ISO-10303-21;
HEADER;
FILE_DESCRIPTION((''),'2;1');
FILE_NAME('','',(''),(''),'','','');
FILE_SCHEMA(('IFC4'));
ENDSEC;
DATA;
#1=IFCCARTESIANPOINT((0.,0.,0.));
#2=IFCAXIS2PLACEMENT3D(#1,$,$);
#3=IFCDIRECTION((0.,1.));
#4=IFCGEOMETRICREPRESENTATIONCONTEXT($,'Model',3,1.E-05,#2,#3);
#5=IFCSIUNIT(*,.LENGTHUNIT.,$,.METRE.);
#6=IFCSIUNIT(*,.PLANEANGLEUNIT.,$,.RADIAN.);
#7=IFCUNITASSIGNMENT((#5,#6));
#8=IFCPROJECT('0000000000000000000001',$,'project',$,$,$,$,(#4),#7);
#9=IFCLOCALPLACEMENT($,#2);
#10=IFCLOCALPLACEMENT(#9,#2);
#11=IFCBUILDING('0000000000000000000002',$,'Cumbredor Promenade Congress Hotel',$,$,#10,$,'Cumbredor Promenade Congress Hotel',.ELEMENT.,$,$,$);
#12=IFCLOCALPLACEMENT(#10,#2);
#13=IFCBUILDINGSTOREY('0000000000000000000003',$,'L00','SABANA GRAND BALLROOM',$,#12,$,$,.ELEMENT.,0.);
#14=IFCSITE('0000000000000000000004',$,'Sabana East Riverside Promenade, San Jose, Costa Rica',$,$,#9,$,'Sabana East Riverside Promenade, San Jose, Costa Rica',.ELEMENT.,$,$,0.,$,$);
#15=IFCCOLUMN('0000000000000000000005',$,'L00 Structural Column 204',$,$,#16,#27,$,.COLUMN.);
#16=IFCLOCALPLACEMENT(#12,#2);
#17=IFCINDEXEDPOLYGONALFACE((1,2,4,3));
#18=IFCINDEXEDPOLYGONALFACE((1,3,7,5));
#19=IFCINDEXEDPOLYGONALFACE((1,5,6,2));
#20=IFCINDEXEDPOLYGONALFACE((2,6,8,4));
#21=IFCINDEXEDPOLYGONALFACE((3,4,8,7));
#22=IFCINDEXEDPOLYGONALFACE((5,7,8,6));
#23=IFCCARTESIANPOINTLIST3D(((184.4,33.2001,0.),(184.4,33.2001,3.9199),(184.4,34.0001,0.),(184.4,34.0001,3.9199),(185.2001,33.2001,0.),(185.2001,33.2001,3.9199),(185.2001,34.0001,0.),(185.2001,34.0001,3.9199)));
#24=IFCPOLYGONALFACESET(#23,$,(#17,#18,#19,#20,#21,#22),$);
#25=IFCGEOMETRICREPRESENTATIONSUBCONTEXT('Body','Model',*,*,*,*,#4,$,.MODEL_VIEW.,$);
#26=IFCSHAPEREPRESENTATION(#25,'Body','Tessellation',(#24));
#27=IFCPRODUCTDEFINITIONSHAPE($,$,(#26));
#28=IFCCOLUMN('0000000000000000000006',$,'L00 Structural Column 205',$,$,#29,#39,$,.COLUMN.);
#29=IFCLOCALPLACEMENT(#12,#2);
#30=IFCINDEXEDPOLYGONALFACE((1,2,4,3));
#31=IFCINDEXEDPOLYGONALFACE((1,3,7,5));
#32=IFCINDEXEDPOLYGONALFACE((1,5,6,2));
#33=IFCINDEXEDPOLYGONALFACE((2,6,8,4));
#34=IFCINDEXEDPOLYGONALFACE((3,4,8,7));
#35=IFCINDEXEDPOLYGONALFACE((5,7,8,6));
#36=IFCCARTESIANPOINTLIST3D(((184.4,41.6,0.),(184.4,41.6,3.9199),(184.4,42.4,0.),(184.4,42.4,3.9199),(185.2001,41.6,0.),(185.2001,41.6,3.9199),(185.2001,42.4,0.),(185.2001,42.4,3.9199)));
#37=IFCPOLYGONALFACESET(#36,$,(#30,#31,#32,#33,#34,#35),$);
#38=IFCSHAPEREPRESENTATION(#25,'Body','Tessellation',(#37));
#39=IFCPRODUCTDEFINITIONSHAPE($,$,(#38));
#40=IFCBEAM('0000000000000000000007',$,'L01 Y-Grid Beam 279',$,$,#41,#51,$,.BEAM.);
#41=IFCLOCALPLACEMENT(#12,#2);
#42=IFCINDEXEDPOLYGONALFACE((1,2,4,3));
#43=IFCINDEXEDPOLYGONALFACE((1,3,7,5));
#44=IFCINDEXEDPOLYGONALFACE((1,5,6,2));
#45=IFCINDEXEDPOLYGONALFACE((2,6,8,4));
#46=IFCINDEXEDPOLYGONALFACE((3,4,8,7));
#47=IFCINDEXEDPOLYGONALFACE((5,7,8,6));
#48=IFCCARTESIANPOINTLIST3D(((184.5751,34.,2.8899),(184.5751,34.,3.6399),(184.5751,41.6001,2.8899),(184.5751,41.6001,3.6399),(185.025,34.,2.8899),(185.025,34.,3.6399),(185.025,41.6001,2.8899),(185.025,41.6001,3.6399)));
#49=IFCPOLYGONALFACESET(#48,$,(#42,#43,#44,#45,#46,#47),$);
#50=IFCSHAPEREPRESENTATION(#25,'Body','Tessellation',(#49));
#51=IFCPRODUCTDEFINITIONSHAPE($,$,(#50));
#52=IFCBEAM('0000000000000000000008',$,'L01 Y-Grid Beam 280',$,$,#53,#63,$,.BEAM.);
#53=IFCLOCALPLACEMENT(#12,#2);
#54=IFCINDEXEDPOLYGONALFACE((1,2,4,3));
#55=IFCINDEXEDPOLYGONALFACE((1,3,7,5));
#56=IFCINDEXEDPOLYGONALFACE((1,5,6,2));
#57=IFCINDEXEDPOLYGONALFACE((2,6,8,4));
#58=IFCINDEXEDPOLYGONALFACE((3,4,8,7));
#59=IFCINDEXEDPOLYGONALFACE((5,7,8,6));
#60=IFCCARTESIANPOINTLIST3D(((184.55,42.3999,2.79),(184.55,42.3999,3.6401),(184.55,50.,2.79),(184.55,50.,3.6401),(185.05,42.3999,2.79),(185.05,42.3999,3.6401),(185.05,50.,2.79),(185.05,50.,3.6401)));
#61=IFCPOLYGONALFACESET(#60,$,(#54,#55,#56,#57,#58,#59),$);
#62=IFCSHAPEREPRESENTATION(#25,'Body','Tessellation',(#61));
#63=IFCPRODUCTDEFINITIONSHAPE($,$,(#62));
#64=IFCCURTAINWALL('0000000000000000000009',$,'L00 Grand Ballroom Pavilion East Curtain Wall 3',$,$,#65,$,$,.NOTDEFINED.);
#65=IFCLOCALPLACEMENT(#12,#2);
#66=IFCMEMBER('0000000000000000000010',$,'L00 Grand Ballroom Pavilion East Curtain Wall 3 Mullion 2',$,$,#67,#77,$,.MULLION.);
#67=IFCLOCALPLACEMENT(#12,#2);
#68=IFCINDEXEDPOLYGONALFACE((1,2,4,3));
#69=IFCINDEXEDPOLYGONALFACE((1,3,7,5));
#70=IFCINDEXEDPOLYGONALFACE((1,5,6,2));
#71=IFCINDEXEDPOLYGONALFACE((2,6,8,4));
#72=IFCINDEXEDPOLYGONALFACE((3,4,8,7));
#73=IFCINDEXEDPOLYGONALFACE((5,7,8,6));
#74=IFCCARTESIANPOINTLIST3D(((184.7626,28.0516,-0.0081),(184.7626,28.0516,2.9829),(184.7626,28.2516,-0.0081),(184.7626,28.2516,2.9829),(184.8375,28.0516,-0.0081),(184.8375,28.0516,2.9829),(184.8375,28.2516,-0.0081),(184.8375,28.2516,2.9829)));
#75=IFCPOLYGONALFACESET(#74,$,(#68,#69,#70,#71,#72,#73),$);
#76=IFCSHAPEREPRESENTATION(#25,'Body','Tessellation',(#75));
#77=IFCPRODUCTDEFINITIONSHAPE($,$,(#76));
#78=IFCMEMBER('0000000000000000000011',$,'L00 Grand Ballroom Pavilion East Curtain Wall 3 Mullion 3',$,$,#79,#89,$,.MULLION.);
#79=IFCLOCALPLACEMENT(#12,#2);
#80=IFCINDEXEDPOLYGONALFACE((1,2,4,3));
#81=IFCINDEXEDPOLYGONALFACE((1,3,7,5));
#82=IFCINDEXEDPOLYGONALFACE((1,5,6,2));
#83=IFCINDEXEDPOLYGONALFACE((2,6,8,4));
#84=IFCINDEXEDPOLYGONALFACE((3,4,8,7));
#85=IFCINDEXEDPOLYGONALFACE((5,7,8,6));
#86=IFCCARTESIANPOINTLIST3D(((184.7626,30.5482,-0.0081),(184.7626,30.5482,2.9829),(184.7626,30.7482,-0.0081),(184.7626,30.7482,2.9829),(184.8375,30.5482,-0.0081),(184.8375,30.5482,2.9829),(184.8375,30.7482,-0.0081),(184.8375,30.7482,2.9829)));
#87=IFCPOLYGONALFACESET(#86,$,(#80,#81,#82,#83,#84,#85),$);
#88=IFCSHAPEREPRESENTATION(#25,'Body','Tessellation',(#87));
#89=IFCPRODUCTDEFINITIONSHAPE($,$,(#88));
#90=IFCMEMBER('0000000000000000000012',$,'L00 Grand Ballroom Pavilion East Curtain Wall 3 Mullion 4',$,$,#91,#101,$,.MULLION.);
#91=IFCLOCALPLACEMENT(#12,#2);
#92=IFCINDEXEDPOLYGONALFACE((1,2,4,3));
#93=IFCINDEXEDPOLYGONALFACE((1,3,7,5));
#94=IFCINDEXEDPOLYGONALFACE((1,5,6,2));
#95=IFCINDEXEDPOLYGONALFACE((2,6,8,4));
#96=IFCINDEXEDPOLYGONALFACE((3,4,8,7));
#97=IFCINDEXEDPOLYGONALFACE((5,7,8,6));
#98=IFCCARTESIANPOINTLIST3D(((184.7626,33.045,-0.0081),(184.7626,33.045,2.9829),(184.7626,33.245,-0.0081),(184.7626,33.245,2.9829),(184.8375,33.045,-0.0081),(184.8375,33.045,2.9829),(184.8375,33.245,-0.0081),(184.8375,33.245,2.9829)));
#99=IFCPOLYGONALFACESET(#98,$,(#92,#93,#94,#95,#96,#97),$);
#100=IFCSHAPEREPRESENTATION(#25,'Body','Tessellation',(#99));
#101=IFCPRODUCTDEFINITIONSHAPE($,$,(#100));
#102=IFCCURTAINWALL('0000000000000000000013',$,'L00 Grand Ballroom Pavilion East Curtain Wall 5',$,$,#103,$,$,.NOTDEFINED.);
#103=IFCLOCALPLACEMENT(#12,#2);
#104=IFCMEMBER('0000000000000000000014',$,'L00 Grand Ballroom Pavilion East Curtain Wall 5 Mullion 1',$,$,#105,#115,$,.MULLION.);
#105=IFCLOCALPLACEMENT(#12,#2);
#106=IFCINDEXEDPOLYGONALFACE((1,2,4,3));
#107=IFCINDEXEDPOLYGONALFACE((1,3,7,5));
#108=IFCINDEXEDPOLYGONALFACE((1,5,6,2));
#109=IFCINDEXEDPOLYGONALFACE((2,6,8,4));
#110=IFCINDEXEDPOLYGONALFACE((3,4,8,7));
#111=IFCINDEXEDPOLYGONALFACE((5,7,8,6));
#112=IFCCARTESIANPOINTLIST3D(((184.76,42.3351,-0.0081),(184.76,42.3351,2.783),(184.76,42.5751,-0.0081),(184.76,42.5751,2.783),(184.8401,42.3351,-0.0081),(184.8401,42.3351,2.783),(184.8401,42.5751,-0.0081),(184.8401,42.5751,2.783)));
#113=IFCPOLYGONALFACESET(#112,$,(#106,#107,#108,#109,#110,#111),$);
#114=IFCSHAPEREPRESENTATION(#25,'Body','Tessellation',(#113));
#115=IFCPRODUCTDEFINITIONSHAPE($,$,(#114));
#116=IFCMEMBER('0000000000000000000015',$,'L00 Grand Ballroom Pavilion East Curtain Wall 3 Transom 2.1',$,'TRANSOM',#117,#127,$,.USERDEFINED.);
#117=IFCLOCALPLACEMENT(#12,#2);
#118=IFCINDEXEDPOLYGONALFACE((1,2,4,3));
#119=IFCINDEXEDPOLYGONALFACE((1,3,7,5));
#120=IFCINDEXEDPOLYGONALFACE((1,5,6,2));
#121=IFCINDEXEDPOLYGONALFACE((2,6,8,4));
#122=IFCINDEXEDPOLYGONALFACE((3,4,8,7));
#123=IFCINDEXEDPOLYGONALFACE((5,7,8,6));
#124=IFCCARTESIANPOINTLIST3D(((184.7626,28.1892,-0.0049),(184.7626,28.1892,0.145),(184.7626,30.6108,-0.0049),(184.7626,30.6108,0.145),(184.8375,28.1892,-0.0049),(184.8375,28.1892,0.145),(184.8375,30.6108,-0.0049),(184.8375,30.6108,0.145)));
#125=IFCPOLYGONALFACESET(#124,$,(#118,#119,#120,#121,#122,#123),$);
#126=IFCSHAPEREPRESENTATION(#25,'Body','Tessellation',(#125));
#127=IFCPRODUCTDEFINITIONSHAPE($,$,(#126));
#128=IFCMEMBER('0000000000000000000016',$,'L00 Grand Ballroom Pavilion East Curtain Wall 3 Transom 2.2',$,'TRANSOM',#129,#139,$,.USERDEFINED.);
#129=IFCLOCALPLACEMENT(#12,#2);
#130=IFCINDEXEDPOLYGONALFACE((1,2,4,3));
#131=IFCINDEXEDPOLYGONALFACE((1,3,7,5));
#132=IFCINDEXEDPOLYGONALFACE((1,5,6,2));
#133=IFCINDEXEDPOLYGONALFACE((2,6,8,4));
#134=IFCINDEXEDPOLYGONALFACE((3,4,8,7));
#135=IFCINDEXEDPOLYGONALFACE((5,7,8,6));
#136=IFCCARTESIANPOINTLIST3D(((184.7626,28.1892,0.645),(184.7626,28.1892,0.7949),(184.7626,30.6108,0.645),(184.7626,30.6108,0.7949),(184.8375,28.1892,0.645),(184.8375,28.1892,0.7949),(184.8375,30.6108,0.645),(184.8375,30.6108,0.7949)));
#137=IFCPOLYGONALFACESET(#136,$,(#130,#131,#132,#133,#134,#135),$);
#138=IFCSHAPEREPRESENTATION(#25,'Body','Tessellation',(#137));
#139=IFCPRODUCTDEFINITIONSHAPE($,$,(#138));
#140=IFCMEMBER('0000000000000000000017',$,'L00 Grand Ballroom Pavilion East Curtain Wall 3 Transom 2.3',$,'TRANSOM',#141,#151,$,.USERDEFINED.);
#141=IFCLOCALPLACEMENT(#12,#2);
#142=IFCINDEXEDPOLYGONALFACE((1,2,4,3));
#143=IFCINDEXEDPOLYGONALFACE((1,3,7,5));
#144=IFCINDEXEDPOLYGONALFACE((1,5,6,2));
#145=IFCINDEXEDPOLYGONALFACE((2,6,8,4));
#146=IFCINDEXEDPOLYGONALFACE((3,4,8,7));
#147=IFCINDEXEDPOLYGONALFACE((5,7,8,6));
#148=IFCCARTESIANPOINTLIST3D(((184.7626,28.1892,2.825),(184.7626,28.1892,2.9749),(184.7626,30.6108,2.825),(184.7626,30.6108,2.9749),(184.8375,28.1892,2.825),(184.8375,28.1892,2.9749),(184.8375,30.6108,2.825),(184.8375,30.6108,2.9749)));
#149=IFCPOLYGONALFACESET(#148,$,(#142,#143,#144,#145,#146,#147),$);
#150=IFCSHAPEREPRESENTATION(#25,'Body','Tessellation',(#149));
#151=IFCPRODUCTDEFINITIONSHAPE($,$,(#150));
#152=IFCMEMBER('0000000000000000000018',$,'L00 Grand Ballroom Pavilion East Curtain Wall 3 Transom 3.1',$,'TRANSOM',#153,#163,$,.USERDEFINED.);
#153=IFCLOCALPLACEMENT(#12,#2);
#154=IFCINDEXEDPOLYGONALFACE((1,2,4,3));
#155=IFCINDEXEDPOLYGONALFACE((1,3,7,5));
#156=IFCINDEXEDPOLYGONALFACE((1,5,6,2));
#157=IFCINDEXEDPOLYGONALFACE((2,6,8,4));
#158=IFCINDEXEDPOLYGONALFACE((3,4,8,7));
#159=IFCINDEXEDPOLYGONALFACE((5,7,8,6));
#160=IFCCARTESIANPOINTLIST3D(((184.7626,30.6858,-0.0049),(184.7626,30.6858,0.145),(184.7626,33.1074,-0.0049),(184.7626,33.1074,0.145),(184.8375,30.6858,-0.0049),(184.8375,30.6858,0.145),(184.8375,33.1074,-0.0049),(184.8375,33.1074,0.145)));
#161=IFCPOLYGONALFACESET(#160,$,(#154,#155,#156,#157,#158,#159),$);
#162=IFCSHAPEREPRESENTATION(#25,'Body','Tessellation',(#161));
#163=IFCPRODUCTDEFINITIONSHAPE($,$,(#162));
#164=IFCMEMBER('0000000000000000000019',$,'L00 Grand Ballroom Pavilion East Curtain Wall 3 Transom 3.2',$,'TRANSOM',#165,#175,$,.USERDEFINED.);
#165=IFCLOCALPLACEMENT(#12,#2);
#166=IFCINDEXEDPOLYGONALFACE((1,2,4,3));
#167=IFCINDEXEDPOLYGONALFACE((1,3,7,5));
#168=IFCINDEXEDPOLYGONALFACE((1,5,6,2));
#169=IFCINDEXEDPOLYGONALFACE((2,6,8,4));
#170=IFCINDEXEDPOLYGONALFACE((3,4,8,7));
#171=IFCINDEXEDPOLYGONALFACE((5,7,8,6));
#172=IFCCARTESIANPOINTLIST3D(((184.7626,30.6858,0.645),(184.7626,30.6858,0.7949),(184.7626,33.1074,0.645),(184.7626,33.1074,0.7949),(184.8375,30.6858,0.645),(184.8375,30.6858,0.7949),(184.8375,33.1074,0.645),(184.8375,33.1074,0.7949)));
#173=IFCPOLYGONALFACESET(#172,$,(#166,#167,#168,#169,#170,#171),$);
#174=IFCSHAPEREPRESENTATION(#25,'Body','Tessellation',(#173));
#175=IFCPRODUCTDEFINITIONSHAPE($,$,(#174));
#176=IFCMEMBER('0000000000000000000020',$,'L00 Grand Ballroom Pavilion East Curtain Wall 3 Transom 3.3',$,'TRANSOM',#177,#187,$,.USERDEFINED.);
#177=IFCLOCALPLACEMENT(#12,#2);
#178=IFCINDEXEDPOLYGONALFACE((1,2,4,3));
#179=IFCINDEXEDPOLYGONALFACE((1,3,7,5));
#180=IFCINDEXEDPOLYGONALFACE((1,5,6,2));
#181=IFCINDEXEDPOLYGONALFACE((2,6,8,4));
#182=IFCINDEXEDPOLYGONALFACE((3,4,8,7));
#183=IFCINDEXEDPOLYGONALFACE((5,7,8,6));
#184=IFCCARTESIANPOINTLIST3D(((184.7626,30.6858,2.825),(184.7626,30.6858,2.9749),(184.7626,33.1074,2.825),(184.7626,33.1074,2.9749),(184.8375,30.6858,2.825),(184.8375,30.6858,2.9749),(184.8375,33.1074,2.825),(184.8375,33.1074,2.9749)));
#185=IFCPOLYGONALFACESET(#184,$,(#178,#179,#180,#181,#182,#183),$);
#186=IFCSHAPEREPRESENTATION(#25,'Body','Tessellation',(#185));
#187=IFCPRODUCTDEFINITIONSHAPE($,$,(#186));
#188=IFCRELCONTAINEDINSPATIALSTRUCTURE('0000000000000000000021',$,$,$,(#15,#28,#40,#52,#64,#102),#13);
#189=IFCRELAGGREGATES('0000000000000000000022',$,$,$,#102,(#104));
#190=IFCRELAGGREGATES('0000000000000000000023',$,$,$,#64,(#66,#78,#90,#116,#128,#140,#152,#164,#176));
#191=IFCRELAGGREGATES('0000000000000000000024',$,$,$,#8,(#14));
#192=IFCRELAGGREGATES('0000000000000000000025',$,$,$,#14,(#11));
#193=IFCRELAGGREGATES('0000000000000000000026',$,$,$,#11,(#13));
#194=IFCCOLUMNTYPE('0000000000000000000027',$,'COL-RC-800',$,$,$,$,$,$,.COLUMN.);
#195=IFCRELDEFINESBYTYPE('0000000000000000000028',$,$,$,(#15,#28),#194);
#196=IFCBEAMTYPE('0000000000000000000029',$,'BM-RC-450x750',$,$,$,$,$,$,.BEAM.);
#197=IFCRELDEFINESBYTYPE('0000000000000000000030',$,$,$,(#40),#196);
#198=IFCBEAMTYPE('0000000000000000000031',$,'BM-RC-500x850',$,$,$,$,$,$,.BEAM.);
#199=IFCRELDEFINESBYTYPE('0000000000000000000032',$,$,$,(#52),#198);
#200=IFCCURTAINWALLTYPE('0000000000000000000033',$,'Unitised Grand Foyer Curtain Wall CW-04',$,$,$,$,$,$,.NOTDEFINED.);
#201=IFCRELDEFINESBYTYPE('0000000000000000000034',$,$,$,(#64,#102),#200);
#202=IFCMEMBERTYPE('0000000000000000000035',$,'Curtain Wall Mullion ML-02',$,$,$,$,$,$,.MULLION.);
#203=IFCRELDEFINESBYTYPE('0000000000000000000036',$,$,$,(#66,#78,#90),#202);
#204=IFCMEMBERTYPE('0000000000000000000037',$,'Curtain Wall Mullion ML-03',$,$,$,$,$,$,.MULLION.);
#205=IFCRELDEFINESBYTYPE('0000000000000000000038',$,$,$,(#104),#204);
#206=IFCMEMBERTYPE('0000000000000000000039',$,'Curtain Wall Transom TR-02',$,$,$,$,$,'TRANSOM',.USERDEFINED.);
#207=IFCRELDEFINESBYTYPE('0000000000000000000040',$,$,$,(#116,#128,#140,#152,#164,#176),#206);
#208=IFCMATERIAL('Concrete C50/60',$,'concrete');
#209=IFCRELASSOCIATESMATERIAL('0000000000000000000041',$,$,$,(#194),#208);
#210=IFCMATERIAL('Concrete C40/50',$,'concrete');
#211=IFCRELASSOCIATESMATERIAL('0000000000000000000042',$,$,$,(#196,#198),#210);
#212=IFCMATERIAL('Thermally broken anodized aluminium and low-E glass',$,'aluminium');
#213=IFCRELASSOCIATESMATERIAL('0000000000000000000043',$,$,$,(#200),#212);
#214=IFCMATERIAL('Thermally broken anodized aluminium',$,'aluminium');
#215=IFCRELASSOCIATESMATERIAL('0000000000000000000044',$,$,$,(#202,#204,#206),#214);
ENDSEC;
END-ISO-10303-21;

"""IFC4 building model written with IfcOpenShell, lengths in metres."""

from ifc_helpers import new_model, si_unit, direction, frame, origin, origin_2d, place, context, subcontext, project, spatial, rectangle, extrude, material, material_profile, profile_set, type_object, element, aggregate, save


model = new_model("IFC4")

# Units and contexts
model_context = context("Model", 3, precision=1e-05, world=origin(), true_north=direction((0.0, 1.0)))
body_context = subcontext(model_context, "Body", "Model", "MODEL_VIEW")
ifc_project = project(units=[si_unit("LENGTHUNIT", "METRE"), si_unit("PLANEANGLEUNIT", "RADIAN")], contexts=[model_context])

# Site, building, storey
site_placement = place(None, origin())
site = spatial("IfcSite", under=ifc_project, at=site_placement, Name="Sabana East Riverside Promenade, San Jose, Costa Rica", LongName="Sabana East Riverside Promenade, San Jose, Costa Rica", CompositionType="ELEMENT", RefElevation=0.0)
building_placement = place(site_placement, origin())
building = spatial("IfcBuilding", under=site, at=building_placement, Name="Cumbredor Promenade Congress Hotel", LongName="Cumbredor Promenade Congress Hotel", CompositionType="ELEMENT")
storey_placement = place(building_placement, origin())
storey = spatial("IfcBuildingStorey", under=building, at=storey_placement, Name="L00", Description="SABANA GRAND BALLROOM", CompositionType="ELEMENT", Elevation=0.0)

# Columns
ifc_material_1 = material(Name="Concrete C50/60", Category="concrete")
ifc_material_profile_1 = material_profile(ifc_material_1, rectangle(XDim=0.8, YDim=0.8, at=origin_2d()), Name="RC 800x800")
ifc_profile_set_1 = profile_set([ifc_material_profile_1], Name="Concrete C50/60")
column_type = type_object("IfcColumnType", Name="COL-RC-800", PredefinedType="COLUMN", material=ifc_profile_set_1)
for number, where, z_axis, x_axis, name in (
    (1, (184.8, 33.6001, 0.0), (0.0, 0.0, 1.0), (1.0, 0.0, 0.0), "L00 Structural Column 204"),
    (2, (184.8, 42.0, 0.0), (0.0, 0.0, 1.0), (1.0, 0.0, 0.0), "L00 Structural Column 205"),
):
    element("IfcColumn", number, at=place(storey_placement, frame(where, z_axis=z_axis, x_axis=x_axis)), inside=storey, type_object=column_type, Name=name, PredefinedType="COLUMN", context=body_context, shape_type="SweptSolid", body=[
        extrude(rectangle(XDim=0.8, YDim=0.8, at=origin_2d()), origin(), (0.0, 0.0, 1.0), 3.9199),
    ])

# Beams
ifc_material_2 = material(Name="Concrete C40/50", Category="concrete")
ifc_material_profile_2 = material_profile(ifc_material_2, rectangle(XDim=0.45, YDim=0.75, at=origin_2d()), Name="RC BEAM 450x750")
ifc_profile_set_2 = profile_set([ifc_material_profile_2], Name="Concrete C40/50")
beam_type_1 = type_object("IfcBeamType", Name="BM-RC-450x750", PredefinedType="BEAM", material=ifc_profile_set_2)
beam_1_placement = place(storey_placement, frame((184.8, 34.0, 3.2649), z_axis=(0.0, 1.0, 0.0), x_axis=(-1.0, 0.0, 0.0)))
element("IfcBeam", 3, at=beam_1_placement, inside=storey, type_object=beam_type_1, Name="L01 Y-Grid Beam 279", PredefinedType="BEAM", context=body_context, shape_type="SweptSolid", body=[
    extrude(rectangle(XDim=0.45, YDim=0.75, at=origin_2d()), origin(), (0.0, 0.0, 1.0), 7.6001),
])
ifc_material_profile_3 = material_profile(ifc_material_2, rectangle(XDim=0.5, YDim=0.8501, at=origin_2d()), Name="RC BEAM 500x850")
ifc_profile_set_3 = profile_set([ifc_material_profile_3], Name="Concrete C40/50")
beam_type_2 = type_object("IfcBeamType", Name="BM-RC-500x850", PredefinedType="BEAM", material=ifc_profile_set_3)
beam_2_placement = place(storey_placement, frame((184.8, 42.3999, 3.2151), z_axis=(0.0, 1.0, 0.0), x_axis=(-1.0, 0.0, 0.0)))
element("IfcBeam", 4, at=beam_2_placement, inside=storey, type_object=beam_type_2, Name="L01 Y-Grid Beam 280", PredefinedType="BEAM", context=body_context, shape_type="SweptSolid", body=[
    extrude(rectangle(XDim=0.5, YDim=0.8501, at=origin_2d()), origin(), (0.0, 0.0, 1.0), 7.6001),
])

# Curtain wall, members
ifc_material_3 = material(Name="Thermally broken anodized aluminium and low-E glass", Category="aluminium")
curtain_wall_type = type_object("IfcCurtainWallType", Name="Unitised Grand Foyer Curtain Wall CW-04", PredefinedType="NOTDEFINED", material=ifc_material_3)
curtain_wall_1_placement = place(storey_placement, origin())
curtain_wall_1 = element("IfcCurtainWall", 5, at=curtain_wall_1_placement, inside=storey, type_object=curtain_wall_type, Name="L00 Grand Ballroom Pavilion East Curtain Wall 3", PredefinedType="NOTDEFINED")
ifc_material_4 = material(Name="Thermally broken anodized aluminium", Category="aluminium")
ifc_material_profile_4 = material_profile(ifc_material_4, rectangle(XDim=0.075, YDim=0.2, at=origin_2d()), Name="ALU MULLION 75x200")
ifc_profile_set_4 = profile_set([ifc_material_profile_4], Name="Thermally broken anodized aluminium")
member_type_1 = type_object("IfcMemberType", Name="Curtain Wall Mullion ML-02", PredefinedType="MULLION", material=ifc_profile_set_4)
member_1_placement = place(storey_placement, frame((184.8, 28.1516, -0.0081), z_axis=(0.0, 0.0, 1.0), x_axis=(1.0, 0.0, 0.0)))
member_1 = element("IfcMember", 6, at=member_1_placement, type_object=member_type_1, Name="L00 Grand Ballroom Pavilion East Curtain Wall 3 Mullion 2", PredefinedType="MULLION", context=body_context, shape_type="SweptSolid", body=[
    extrude(rectangle(XDim=0.075, YDim=0.2, at=origin_2d()), origin(), (0.0, 0.0, 1.0), 2.991),
])
member_2_placement = place(storey_placement, frame((184.8, 30.6482, -0.0081), z_axis=(0.0, 0.0, 1.0), x_axis=(1.0, 0.0, 0.0)))
member_2 = element("IfcMember", 7, at=member_2_placement, type_object=member_type_1, Name="L00 Grand Ballroom Pavilion East Curtain Wall 3 Mullion 3", PredefinedType="MULLION", context=body_context, shape_type="SweptSolid", body=[
    extrude(rectangle(XDim=0.075, YDim=0.2, at=origin_2d()), origin(), (0.0, 0.0, 1.0), 2.991),
])
member_3_placement = place(storey_placement, frame((184.8, 33.145, -0.0081), z_axis=(0.0, 0.0, 1.0), x_axis=(1.0, 0.0, 0.0)))
member_3 = element("IfcMember", 8, at=member_3_placement, type_object=member_type_1, Name="L00 Grand Ballroom Pavilion East Curtain Wall 3 Mullion 4", PredefinedType="MULLION", context=body_context, shape_type="SweptSolid", body=[
    extrude(rectangle(XDim=0.075, YDim=0.2, at=origin_2d()), origin(), (0.0, 0.0, 1.0), 2.991),
])

# Curtain wall, member
curtain_wall_2_placement = place(storey_placement, origin())
curtain_wall_2 = element("IfcCurtainWall", 9, at=curtain_wall_2_placement, inside=storey, type_object=curtain_wall_type, Name="L00 Grand Ballroom Pavilion East Curtain Wall 5", PredefinedType="NOTDEFINED")
ifc_material_profile_5 = material_profile(ifc_material_4, rectangle(XDim=0.0801, YDim=0.24, at=origin_2d()), Name="ALU MULLION 80x240")
ifc_profile_set_5 = profile_set([ifc_material_profile_5], Name="Thermally broken anodized aluminium")
member_type_2 = type_object("IfcMemberType", Name="Curtain Wall Mullion ML-03", PredefinedType="MULLION", material=ifc_profile_set_5)
member_4_placement = place(storey_placement, frame((184.8, 42.4551, -0.0081), z_axis=(0.0, 0.0, 1.0), x_axis=(1.0, 0.0, 0.0)))
member_4 = element("IfcMember", 10, at=member_4_placement, type_object=member_type_2, Name="L00 Grand Ballroom Pavilion East Curtain Wall 5 Mullion 1", PredefinedType="MULLION", context=body_context, shape_type="SweptSolid", body=[
    extrude(rectangle(XDim=0.0801, YDim=0.24, at=origin_2d()), origin(), (0.0, 0.0, 1.0), 2.791),
])

# Members
ifc_material_profile_6 = material_profile(ifc_material_4, rectangle(XDim=0.075, YDim=0.1499, at=origin_2d()), Name="ALU TRANSOM 75x150")
ifc_profile_set_6 = profile_set([ifc_material_profile_6], Name="Thermally broken anodized aluminium")
member_type_3 = type_object("IfcMemberType", Name="Curtain Wall Transom TR-02", ElementType="TRANSOM", PredefinedType="USERDEFINED", material=ifc_profile_set_6)
member_5_placement = place(storey_placement, frame((184.8, 28.1892, 0.0701), z_axis=(0.0, 1.0, 0.0), x_axis=(-1.0, 0.0, 0.0)))
member_5 = element("IfcMember", 11, at=member_5_placement, type_object=member_type_3, Name="L00 Grand Ballroom Pavilion East Curtain Wall 3 Transom 2.1", ObjectType="TRANSOM", PredefinedType="USERDEFINED", context=body_context, shape_type="SweptSolid", body=[
    extrude(rectangle(XDim=0.075, YDim=0.1499, at=origin_2d()), origin(), (0.0, 0.0, 1.0), 2.4216),
])
member_6_placement = place(storey_placement, frame((184.8, 28.1892, 0.72), z_axis=(0.0, 1.0, 0.0), x_axis=(-1.0, 0.0, 0.0)))
member_6 = element("IfcMember", 12, at=member_6_placement, type_object=member_type_3, Name="L00 Grand Ballroom Pavilion East Curtain Wall 3 Transom 2.2", ObjectType="TRANSOM", PredefinedType="USERDEFINED", context=body_context, shape_type="SweptSolid", body=[
    extrude(rectangle(XDim=0.075, YDim=0.1499, at=origin_2d()), origin(), (0.0, 0.0, 1.0), 2.4216),
])
member_7_placement = place(storey_placement, frame((184.8, 28.1892, 2.8999), z_axis=(0.0, 1.0, 0.0), x_axis=(-1.0, 0.0, 0.0)))
member_7 = element("IfcMember", 13, at=member_7_placement, type_object=member_type_3, Name="L00 Grand Ballroom Pavilion East Curtain Wall 3 Transom 2.3", ObjectType="TRANSOM", PredefinedType="USERDEFINED", context=body_context, shape_type="SweptSolid", body=[
    extrude(rectangle(XDim=0.075, YDim=0.1499, at=origin_2d()), origin(), (0.0, 0.0, 1.0), 2.4216),
])
member_8_placement = place(storey_placement, frame((184.8, 30.6858, 0.0701), z_axis=(0.0, 1.0, 0.0), x_axis=(-1.0, 0.0, 0.0)))
member_8 = element("IfcMember", 14, at=member_8_placement, type_object=member_type_3, Name="L00 Grand Ballroom Pavilion East Curtain Wall 3 Transom 3.1", ObjectType="TRANSOM", PredefinedType="USERDEFINED", context=body_context, shape_type="SweptSolid", body=[
    extrude(rectangle(XDim=0.075, YDim=0.1499, at=origin_2d()), origin(), (0.0, 0.0, 1.0), 2.4216),
])
member_9_placement = place(storey_placement, frame((184.8, 30.6858, 0.72), z_axis=(0.0, 1.0, 0.0), x_axis=(-1.0, 0.0, 0.0)))
member_9 = element("IfcMember", 15, at=member_9_placement, type_object=member_type_3, Name="L00 Grand Ballroom Pavilion East Curtain Wall 3 Transom 3.2", ObjectType="TRANSOM", PredefinedType="USERDEFINED", context=body_context, shape_type="SweptSolid", body=[
    extrude(rectangle(XDim=0.075, YDim=0.1499, at=origin_2d()), origin(), (0.0, 0.0, 1.0), 2.4216),
])
member_10_placement = place(storey_placement, frame((184.8, 30.6858, 2.8999), z_axis=(0.0, 1.0, 0.0), x_axis=(-1.0, 0.0, 0.0)))
member_10 = element("IfcMember", 16, at=member_10_placement, type_object=member_type_3, Name="L00 Grand Ballroom Pavilion East Curtain Wall 3 Transom 3.3", ObjectType="TRANSOM", PredefinedType="USERDEFINED", context=body_context, shape_type="SweptSolid", body=[
    extrude(rectangle(XDim=0.075, YDim=0.1499, at=origin_2d()), origin(), (0.0, 0.0, 1.0), 2.4216),
])

aggregate(curtain_wall_2, [member_4])
aggregate(curtain_wall_1, [member_1, member_2, member_3, member_5, member_6, member_7, member_8, member_9, member_10])

save(model, "model.ifc")
